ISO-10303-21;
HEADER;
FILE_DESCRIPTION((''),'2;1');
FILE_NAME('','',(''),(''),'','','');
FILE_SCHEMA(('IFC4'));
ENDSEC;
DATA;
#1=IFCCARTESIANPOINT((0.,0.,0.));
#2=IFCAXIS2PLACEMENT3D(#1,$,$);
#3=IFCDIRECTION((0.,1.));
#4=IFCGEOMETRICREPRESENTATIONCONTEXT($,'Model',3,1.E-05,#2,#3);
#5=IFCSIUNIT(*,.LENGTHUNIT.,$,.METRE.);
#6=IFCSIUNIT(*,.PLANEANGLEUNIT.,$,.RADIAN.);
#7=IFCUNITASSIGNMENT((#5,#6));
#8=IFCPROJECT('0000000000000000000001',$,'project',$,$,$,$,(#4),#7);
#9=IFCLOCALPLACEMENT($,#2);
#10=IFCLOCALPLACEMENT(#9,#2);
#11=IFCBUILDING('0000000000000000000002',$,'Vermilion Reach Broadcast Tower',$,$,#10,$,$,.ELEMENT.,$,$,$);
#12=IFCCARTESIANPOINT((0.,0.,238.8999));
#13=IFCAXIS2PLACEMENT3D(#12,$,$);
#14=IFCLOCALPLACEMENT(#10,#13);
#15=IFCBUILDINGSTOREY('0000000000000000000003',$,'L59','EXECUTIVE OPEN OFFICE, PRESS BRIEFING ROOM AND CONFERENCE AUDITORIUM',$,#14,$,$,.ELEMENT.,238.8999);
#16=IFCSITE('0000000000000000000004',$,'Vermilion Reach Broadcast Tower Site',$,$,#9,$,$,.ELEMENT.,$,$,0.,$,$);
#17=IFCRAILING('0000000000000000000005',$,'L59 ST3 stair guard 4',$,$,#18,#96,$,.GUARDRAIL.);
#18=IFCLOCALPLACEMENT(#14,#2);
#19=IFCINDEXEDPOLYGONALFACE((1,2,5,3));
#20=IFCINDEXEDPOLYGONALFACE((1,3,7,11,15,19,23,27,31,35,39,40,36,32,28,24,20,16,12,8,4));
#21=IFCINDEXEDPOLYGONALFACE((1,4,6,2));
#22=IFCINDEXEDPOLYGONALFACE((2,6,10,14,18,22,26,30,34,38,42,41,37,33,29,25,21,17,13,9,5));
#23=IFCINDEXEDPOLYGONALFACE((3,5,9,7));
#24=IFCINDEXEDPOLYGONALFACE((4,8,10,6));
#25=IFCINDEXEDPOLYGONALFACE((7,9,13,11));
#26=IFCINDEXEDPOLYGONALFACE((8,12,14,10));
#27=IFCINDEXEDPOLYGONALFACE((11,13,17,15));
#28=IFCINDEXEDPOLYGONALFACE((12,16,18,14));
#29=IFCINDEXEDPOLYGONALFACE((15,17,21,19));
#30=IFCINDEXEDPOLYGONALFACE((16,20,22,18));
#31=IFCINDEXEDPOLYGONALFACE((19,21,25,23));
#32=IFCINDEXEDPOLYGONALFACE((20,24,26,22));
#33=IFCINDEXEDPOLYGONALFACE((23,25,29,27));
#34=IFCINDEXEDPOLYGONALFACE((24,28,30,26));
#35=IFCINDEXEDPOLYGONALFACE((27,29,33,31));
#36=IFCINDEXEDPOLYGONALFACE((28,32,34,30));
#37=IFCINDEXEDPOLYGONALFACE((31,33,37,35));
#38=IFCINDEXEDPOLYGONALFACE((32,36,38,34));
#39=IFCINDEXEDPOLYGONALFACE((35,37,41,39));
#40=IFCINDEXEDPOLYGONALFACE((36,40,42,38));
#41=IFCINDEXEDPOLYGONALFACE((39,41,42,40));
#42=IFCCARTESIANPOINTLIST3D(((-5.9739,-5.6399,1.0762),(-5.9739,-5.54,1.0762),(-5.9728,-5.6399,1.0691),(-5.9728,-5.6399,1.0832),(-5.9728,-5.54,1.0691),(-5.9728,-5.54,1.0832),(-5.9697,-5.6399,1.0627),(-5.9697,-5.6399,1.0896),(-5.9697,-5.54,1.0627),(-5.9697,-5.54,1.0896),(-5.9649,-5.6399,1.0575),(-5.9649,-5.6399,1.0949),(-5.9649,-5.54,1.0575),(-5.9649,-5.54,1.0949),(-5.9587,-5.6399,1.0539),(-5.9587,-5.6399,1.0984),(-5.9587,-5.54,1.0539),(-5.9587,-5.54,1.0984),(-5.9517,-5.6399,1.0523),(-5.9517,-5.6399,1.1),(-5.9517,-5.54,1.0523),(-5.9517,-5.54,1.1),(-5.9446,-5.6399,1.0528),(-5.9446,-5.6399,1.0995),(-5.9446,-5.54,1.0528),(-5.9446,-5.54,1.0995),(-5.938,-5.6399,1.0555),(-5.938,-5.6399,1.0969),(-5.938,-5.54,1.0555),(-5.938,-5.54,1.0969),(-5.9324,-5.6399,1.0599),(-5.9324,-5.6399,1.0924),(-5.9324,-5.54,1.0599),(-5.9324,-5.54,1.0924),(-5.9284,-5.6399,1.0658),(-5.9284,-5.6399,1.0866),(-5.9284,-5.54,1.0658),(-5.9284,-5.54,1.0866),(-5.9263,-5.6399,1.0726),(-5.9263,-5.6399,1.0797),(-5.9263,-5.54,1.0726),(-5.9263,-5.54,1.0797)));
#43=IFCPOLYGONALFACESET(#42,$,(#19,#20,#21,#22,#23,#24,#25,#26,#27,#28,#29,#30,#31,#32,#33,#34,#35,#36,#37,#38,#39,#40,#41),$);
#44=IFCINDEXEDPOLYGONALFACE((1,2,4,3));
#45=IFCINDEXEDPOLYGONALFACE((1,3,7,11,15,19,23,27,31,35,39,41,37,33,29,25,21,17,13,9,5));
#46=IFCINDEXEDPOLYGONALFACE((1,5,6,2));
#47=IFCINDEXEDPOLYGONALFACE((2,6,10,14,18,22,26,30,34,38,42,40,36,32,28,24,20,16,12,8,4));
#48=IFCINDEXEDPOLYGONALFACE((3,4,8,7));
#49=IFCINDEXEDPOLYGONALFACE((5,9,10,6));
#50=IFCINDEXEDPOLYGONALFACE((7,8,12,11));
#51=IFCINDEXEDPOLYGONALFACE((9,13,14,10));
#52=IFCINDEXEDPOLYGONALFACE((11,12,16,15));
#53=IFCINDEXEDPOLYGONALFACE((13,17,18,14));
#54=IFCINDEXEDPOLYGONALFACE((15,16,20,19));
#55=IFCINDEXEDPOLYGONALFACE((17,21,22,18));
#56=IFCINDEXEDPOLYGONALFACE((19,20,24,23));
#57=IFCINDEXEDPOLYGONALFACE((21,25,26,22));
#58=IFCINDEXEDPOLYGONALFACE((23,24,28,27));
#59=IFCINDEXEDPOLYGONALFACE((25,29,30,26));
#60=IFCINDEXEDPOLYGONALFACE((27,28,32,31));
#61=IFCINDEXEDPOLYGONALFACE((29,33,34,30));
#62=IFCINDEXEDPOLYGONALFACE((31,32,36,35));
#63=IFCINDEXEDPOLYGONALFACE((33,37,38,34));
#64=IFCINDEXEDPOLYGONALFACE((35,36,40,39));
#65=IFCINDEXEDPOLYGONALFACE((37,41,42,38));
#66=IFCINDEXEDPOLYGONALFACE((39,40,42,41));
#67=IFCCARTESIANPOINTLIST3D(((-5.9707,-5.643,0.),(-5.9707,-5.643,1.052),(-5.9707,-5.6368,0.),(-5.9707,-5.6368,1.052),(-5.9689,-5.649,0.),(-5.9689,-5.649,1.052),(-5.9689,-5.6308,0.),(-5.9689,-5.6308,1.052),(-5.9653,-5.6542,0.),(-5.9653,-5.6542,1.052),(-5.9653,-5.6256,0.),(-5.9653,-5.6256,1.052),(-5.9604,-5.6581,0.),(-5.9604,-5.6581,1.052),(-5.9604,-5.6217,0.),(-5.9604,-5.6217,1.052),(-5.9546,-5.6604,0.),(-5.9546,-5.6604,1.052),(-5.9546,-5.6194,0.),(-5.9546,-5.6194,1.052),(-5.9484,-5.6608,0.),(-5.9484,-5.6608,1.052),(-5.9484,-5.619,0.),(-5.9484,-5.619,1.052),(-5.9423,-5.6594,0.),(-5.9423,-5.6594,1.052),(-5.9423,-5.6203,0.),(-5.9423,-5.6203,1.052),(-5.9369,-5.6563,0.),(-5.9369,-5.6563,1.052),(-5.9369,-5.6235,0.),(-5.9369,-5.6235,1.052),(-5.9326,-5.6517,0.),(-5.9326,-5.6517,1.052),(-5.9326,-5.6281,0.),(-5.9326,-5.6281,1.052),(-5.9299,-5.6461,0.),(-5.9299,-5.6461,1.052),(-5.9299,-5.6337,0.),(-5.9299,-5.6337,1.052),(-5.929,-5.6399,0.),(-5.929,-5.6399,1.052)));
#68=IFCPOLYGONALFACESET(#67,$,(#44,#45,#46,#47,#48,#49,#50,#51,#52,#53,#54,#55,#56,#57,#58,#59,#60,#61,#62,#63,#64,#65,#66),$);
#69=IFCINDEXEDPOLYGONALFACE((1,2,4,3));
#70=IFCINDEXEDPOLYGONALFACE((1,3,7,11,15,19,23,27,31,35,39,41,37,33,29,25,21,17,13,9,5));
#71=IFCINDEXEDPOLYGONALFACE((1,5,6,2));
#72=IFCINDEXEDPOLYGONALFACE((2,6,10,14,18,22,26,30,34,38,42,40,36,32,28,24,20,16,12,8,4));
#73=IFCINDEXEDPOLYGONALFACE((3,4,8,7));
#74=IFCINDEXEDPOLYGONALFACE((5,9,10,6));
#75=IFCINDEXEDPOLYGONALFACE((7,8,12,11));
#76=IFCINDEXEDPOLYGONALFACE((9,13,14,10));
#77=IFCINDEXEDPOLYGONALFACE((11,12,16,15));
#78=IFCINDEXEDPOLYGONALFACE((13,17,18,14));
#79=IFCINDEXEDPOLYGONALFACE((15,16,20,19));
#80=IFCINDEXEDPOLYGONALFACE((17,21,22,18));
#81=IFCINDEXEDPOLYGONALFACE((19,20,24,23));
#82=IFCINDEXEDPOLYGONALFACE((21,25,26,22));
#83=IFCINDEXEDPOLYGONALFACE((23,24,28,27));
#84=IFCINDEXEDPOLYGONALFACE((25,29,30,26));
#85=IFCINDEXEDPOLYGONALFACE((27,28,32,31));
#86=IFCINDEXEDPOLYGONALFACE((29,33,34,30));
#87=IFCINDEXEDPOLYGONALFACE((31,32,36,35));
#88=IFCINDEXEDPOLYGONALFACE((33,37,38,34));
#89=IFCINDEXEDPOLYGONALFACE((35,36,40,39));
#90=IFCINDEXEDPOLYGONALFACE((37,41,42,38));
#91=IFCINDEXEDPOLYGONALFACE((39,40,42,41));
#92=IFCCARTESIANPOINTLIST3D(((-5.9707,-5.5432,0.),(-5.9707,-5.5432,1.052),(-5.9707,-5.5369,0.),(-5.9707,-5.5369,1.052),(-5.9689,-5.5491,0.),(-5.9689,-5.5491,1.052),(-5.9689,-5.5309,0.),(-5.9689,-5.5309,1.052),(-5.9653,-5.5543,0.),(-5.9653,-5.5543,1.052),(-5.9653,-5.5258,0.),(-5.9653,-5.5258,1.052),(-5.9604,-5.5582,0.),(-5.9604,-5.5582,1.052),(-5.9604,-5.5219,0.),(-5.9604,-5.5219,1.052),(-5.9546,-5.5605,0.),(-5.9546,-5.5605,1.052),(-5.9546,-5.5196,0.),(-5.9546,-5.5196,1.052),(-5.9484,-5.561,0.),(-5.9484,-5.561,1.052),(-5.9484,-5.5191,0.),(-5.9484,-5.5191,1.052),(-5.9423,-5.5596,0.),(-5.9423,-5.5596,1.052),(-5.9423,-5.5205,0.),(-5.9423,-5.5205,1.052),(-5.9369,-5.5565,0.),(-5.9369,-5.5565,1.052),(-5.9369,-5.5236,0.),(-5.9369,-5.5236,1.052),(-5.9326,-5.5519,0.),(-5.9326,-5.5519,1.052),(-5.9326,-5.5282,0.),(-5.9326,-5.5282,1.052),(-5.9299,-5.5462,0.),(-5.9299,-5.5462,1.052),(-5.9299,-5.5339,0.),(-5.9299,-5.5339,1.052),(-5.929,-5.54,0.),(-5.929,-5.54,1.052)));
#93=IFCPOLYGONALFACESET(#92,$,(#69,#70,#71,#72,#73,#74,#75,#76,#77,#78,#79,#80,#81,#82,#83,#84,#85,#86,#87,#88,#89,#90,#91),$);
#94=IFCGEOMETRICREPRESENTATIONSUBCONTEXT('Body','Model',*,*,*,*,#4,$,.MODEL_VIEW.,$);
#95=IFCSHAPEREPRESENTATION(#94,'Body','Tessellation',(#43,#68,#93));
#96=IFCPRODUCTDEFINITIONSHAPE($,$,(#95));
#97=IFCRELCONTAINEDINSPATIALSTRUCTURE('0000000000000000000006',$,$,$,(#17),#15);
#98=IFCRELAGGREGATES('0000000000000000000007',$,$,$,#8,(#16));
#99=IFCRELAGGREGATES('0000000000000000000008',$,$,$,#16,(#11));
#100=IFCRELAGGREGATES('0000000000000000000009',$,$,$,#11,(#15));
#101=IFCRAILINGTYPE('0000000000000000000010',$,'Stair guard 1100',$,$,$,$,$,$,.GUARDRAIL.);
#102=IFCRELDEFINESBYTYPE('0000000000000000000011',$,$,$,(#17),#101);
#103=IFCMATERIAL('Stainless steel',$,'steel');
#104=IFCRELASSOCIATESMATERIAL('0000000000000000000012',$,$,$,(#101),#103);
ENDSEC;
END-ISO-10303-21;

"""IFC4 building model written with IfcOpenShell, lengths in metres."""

from ifc_helpers import new_model, si_unit, direction, frame, origin, origin_2d, place, context, subcontext, project, spatial, circle, extrude, material, type_object, element, save


model = new_model("IFC4")

# Units and contexts
model_context = context("Model", 3, precision=1e-05, world=origin(), true_north=direction((0.0, 1.0)))
body_context = subcontext(model_context, "Body", "Model", "MODEL_VIEW")
ifc_project = project(units=[si_unit("LENGTHUNIT", "METRE"), si_unit("PLANEANGLEUNIT", "RADIAN")], contexts=[model_context])

# Site, building, storey
site_placement = place(None, origin())
site = spatial("IfcSite", under=ifc_project, at=site_placement, Name="Vermilion Reach Broadcast Tower Site", CompositionType="ELEMENT", RefElevation=0.0)
building_placement = place(site_placement, origin())
building = spatial("IfcBuilding", under=site, at=building_placement, Name="Vermilion Reach Broadcast Tower", CompositionType="ELEMENT")
storey_placement = place(building_placement, frame((0.0, 0.0, 238.8999)))
storey = spatial("IfcBuildingStorey", under=building, at=storey_placement, Name="L59", Description="EXECUTIVE OPEN OFFICE, PRESS BRIEFING ROOM AND CONFERENCE AUDITORIUM", CompositionType="ELEMENT", Elevation=238.8999)

# Railing
ifc_material_1 = material(Name="Stainless steel", Category="steel")
railing_type_1 = type_object("IfcRailingType", Name="Stair guard 1100", PredefinedType="GUARDRAIL", material=ifc_material_1)
railing_1_placement = place(storey_placement, frame((-5.95, -5.6399, 0.0)))
element("IfcRailing", 1, at=railing_1_placement, inside=storey, type_object=railing_type_1, Name="L59 ST3 stair guard 4", PredefinedType="GUARDRAIL", context=body_context, shape_type="SweptSolid", body=[
    extrude(circle(Radius=0.0239, at=origin_2d()), frame((0.0, 0.0, 1.0762), z_axis=(0.0, 1.0, 0.0), x_axis=(-1.0, 0.0, 0.0)), (0.0, 0.0, 1.0), 0.0999),
    extrude(circle(Radius=0.021, at=origin_2d()), origin(), (0.0, 0.0, 1.0), 1.052),
    extrude(circle(Radius=0.021, at=origin_2d()), frame((0.0, 0.0999, 0.0)), (0.0, 0.0, 1.0), 1.052),
])

save(model, "model.ifc")
